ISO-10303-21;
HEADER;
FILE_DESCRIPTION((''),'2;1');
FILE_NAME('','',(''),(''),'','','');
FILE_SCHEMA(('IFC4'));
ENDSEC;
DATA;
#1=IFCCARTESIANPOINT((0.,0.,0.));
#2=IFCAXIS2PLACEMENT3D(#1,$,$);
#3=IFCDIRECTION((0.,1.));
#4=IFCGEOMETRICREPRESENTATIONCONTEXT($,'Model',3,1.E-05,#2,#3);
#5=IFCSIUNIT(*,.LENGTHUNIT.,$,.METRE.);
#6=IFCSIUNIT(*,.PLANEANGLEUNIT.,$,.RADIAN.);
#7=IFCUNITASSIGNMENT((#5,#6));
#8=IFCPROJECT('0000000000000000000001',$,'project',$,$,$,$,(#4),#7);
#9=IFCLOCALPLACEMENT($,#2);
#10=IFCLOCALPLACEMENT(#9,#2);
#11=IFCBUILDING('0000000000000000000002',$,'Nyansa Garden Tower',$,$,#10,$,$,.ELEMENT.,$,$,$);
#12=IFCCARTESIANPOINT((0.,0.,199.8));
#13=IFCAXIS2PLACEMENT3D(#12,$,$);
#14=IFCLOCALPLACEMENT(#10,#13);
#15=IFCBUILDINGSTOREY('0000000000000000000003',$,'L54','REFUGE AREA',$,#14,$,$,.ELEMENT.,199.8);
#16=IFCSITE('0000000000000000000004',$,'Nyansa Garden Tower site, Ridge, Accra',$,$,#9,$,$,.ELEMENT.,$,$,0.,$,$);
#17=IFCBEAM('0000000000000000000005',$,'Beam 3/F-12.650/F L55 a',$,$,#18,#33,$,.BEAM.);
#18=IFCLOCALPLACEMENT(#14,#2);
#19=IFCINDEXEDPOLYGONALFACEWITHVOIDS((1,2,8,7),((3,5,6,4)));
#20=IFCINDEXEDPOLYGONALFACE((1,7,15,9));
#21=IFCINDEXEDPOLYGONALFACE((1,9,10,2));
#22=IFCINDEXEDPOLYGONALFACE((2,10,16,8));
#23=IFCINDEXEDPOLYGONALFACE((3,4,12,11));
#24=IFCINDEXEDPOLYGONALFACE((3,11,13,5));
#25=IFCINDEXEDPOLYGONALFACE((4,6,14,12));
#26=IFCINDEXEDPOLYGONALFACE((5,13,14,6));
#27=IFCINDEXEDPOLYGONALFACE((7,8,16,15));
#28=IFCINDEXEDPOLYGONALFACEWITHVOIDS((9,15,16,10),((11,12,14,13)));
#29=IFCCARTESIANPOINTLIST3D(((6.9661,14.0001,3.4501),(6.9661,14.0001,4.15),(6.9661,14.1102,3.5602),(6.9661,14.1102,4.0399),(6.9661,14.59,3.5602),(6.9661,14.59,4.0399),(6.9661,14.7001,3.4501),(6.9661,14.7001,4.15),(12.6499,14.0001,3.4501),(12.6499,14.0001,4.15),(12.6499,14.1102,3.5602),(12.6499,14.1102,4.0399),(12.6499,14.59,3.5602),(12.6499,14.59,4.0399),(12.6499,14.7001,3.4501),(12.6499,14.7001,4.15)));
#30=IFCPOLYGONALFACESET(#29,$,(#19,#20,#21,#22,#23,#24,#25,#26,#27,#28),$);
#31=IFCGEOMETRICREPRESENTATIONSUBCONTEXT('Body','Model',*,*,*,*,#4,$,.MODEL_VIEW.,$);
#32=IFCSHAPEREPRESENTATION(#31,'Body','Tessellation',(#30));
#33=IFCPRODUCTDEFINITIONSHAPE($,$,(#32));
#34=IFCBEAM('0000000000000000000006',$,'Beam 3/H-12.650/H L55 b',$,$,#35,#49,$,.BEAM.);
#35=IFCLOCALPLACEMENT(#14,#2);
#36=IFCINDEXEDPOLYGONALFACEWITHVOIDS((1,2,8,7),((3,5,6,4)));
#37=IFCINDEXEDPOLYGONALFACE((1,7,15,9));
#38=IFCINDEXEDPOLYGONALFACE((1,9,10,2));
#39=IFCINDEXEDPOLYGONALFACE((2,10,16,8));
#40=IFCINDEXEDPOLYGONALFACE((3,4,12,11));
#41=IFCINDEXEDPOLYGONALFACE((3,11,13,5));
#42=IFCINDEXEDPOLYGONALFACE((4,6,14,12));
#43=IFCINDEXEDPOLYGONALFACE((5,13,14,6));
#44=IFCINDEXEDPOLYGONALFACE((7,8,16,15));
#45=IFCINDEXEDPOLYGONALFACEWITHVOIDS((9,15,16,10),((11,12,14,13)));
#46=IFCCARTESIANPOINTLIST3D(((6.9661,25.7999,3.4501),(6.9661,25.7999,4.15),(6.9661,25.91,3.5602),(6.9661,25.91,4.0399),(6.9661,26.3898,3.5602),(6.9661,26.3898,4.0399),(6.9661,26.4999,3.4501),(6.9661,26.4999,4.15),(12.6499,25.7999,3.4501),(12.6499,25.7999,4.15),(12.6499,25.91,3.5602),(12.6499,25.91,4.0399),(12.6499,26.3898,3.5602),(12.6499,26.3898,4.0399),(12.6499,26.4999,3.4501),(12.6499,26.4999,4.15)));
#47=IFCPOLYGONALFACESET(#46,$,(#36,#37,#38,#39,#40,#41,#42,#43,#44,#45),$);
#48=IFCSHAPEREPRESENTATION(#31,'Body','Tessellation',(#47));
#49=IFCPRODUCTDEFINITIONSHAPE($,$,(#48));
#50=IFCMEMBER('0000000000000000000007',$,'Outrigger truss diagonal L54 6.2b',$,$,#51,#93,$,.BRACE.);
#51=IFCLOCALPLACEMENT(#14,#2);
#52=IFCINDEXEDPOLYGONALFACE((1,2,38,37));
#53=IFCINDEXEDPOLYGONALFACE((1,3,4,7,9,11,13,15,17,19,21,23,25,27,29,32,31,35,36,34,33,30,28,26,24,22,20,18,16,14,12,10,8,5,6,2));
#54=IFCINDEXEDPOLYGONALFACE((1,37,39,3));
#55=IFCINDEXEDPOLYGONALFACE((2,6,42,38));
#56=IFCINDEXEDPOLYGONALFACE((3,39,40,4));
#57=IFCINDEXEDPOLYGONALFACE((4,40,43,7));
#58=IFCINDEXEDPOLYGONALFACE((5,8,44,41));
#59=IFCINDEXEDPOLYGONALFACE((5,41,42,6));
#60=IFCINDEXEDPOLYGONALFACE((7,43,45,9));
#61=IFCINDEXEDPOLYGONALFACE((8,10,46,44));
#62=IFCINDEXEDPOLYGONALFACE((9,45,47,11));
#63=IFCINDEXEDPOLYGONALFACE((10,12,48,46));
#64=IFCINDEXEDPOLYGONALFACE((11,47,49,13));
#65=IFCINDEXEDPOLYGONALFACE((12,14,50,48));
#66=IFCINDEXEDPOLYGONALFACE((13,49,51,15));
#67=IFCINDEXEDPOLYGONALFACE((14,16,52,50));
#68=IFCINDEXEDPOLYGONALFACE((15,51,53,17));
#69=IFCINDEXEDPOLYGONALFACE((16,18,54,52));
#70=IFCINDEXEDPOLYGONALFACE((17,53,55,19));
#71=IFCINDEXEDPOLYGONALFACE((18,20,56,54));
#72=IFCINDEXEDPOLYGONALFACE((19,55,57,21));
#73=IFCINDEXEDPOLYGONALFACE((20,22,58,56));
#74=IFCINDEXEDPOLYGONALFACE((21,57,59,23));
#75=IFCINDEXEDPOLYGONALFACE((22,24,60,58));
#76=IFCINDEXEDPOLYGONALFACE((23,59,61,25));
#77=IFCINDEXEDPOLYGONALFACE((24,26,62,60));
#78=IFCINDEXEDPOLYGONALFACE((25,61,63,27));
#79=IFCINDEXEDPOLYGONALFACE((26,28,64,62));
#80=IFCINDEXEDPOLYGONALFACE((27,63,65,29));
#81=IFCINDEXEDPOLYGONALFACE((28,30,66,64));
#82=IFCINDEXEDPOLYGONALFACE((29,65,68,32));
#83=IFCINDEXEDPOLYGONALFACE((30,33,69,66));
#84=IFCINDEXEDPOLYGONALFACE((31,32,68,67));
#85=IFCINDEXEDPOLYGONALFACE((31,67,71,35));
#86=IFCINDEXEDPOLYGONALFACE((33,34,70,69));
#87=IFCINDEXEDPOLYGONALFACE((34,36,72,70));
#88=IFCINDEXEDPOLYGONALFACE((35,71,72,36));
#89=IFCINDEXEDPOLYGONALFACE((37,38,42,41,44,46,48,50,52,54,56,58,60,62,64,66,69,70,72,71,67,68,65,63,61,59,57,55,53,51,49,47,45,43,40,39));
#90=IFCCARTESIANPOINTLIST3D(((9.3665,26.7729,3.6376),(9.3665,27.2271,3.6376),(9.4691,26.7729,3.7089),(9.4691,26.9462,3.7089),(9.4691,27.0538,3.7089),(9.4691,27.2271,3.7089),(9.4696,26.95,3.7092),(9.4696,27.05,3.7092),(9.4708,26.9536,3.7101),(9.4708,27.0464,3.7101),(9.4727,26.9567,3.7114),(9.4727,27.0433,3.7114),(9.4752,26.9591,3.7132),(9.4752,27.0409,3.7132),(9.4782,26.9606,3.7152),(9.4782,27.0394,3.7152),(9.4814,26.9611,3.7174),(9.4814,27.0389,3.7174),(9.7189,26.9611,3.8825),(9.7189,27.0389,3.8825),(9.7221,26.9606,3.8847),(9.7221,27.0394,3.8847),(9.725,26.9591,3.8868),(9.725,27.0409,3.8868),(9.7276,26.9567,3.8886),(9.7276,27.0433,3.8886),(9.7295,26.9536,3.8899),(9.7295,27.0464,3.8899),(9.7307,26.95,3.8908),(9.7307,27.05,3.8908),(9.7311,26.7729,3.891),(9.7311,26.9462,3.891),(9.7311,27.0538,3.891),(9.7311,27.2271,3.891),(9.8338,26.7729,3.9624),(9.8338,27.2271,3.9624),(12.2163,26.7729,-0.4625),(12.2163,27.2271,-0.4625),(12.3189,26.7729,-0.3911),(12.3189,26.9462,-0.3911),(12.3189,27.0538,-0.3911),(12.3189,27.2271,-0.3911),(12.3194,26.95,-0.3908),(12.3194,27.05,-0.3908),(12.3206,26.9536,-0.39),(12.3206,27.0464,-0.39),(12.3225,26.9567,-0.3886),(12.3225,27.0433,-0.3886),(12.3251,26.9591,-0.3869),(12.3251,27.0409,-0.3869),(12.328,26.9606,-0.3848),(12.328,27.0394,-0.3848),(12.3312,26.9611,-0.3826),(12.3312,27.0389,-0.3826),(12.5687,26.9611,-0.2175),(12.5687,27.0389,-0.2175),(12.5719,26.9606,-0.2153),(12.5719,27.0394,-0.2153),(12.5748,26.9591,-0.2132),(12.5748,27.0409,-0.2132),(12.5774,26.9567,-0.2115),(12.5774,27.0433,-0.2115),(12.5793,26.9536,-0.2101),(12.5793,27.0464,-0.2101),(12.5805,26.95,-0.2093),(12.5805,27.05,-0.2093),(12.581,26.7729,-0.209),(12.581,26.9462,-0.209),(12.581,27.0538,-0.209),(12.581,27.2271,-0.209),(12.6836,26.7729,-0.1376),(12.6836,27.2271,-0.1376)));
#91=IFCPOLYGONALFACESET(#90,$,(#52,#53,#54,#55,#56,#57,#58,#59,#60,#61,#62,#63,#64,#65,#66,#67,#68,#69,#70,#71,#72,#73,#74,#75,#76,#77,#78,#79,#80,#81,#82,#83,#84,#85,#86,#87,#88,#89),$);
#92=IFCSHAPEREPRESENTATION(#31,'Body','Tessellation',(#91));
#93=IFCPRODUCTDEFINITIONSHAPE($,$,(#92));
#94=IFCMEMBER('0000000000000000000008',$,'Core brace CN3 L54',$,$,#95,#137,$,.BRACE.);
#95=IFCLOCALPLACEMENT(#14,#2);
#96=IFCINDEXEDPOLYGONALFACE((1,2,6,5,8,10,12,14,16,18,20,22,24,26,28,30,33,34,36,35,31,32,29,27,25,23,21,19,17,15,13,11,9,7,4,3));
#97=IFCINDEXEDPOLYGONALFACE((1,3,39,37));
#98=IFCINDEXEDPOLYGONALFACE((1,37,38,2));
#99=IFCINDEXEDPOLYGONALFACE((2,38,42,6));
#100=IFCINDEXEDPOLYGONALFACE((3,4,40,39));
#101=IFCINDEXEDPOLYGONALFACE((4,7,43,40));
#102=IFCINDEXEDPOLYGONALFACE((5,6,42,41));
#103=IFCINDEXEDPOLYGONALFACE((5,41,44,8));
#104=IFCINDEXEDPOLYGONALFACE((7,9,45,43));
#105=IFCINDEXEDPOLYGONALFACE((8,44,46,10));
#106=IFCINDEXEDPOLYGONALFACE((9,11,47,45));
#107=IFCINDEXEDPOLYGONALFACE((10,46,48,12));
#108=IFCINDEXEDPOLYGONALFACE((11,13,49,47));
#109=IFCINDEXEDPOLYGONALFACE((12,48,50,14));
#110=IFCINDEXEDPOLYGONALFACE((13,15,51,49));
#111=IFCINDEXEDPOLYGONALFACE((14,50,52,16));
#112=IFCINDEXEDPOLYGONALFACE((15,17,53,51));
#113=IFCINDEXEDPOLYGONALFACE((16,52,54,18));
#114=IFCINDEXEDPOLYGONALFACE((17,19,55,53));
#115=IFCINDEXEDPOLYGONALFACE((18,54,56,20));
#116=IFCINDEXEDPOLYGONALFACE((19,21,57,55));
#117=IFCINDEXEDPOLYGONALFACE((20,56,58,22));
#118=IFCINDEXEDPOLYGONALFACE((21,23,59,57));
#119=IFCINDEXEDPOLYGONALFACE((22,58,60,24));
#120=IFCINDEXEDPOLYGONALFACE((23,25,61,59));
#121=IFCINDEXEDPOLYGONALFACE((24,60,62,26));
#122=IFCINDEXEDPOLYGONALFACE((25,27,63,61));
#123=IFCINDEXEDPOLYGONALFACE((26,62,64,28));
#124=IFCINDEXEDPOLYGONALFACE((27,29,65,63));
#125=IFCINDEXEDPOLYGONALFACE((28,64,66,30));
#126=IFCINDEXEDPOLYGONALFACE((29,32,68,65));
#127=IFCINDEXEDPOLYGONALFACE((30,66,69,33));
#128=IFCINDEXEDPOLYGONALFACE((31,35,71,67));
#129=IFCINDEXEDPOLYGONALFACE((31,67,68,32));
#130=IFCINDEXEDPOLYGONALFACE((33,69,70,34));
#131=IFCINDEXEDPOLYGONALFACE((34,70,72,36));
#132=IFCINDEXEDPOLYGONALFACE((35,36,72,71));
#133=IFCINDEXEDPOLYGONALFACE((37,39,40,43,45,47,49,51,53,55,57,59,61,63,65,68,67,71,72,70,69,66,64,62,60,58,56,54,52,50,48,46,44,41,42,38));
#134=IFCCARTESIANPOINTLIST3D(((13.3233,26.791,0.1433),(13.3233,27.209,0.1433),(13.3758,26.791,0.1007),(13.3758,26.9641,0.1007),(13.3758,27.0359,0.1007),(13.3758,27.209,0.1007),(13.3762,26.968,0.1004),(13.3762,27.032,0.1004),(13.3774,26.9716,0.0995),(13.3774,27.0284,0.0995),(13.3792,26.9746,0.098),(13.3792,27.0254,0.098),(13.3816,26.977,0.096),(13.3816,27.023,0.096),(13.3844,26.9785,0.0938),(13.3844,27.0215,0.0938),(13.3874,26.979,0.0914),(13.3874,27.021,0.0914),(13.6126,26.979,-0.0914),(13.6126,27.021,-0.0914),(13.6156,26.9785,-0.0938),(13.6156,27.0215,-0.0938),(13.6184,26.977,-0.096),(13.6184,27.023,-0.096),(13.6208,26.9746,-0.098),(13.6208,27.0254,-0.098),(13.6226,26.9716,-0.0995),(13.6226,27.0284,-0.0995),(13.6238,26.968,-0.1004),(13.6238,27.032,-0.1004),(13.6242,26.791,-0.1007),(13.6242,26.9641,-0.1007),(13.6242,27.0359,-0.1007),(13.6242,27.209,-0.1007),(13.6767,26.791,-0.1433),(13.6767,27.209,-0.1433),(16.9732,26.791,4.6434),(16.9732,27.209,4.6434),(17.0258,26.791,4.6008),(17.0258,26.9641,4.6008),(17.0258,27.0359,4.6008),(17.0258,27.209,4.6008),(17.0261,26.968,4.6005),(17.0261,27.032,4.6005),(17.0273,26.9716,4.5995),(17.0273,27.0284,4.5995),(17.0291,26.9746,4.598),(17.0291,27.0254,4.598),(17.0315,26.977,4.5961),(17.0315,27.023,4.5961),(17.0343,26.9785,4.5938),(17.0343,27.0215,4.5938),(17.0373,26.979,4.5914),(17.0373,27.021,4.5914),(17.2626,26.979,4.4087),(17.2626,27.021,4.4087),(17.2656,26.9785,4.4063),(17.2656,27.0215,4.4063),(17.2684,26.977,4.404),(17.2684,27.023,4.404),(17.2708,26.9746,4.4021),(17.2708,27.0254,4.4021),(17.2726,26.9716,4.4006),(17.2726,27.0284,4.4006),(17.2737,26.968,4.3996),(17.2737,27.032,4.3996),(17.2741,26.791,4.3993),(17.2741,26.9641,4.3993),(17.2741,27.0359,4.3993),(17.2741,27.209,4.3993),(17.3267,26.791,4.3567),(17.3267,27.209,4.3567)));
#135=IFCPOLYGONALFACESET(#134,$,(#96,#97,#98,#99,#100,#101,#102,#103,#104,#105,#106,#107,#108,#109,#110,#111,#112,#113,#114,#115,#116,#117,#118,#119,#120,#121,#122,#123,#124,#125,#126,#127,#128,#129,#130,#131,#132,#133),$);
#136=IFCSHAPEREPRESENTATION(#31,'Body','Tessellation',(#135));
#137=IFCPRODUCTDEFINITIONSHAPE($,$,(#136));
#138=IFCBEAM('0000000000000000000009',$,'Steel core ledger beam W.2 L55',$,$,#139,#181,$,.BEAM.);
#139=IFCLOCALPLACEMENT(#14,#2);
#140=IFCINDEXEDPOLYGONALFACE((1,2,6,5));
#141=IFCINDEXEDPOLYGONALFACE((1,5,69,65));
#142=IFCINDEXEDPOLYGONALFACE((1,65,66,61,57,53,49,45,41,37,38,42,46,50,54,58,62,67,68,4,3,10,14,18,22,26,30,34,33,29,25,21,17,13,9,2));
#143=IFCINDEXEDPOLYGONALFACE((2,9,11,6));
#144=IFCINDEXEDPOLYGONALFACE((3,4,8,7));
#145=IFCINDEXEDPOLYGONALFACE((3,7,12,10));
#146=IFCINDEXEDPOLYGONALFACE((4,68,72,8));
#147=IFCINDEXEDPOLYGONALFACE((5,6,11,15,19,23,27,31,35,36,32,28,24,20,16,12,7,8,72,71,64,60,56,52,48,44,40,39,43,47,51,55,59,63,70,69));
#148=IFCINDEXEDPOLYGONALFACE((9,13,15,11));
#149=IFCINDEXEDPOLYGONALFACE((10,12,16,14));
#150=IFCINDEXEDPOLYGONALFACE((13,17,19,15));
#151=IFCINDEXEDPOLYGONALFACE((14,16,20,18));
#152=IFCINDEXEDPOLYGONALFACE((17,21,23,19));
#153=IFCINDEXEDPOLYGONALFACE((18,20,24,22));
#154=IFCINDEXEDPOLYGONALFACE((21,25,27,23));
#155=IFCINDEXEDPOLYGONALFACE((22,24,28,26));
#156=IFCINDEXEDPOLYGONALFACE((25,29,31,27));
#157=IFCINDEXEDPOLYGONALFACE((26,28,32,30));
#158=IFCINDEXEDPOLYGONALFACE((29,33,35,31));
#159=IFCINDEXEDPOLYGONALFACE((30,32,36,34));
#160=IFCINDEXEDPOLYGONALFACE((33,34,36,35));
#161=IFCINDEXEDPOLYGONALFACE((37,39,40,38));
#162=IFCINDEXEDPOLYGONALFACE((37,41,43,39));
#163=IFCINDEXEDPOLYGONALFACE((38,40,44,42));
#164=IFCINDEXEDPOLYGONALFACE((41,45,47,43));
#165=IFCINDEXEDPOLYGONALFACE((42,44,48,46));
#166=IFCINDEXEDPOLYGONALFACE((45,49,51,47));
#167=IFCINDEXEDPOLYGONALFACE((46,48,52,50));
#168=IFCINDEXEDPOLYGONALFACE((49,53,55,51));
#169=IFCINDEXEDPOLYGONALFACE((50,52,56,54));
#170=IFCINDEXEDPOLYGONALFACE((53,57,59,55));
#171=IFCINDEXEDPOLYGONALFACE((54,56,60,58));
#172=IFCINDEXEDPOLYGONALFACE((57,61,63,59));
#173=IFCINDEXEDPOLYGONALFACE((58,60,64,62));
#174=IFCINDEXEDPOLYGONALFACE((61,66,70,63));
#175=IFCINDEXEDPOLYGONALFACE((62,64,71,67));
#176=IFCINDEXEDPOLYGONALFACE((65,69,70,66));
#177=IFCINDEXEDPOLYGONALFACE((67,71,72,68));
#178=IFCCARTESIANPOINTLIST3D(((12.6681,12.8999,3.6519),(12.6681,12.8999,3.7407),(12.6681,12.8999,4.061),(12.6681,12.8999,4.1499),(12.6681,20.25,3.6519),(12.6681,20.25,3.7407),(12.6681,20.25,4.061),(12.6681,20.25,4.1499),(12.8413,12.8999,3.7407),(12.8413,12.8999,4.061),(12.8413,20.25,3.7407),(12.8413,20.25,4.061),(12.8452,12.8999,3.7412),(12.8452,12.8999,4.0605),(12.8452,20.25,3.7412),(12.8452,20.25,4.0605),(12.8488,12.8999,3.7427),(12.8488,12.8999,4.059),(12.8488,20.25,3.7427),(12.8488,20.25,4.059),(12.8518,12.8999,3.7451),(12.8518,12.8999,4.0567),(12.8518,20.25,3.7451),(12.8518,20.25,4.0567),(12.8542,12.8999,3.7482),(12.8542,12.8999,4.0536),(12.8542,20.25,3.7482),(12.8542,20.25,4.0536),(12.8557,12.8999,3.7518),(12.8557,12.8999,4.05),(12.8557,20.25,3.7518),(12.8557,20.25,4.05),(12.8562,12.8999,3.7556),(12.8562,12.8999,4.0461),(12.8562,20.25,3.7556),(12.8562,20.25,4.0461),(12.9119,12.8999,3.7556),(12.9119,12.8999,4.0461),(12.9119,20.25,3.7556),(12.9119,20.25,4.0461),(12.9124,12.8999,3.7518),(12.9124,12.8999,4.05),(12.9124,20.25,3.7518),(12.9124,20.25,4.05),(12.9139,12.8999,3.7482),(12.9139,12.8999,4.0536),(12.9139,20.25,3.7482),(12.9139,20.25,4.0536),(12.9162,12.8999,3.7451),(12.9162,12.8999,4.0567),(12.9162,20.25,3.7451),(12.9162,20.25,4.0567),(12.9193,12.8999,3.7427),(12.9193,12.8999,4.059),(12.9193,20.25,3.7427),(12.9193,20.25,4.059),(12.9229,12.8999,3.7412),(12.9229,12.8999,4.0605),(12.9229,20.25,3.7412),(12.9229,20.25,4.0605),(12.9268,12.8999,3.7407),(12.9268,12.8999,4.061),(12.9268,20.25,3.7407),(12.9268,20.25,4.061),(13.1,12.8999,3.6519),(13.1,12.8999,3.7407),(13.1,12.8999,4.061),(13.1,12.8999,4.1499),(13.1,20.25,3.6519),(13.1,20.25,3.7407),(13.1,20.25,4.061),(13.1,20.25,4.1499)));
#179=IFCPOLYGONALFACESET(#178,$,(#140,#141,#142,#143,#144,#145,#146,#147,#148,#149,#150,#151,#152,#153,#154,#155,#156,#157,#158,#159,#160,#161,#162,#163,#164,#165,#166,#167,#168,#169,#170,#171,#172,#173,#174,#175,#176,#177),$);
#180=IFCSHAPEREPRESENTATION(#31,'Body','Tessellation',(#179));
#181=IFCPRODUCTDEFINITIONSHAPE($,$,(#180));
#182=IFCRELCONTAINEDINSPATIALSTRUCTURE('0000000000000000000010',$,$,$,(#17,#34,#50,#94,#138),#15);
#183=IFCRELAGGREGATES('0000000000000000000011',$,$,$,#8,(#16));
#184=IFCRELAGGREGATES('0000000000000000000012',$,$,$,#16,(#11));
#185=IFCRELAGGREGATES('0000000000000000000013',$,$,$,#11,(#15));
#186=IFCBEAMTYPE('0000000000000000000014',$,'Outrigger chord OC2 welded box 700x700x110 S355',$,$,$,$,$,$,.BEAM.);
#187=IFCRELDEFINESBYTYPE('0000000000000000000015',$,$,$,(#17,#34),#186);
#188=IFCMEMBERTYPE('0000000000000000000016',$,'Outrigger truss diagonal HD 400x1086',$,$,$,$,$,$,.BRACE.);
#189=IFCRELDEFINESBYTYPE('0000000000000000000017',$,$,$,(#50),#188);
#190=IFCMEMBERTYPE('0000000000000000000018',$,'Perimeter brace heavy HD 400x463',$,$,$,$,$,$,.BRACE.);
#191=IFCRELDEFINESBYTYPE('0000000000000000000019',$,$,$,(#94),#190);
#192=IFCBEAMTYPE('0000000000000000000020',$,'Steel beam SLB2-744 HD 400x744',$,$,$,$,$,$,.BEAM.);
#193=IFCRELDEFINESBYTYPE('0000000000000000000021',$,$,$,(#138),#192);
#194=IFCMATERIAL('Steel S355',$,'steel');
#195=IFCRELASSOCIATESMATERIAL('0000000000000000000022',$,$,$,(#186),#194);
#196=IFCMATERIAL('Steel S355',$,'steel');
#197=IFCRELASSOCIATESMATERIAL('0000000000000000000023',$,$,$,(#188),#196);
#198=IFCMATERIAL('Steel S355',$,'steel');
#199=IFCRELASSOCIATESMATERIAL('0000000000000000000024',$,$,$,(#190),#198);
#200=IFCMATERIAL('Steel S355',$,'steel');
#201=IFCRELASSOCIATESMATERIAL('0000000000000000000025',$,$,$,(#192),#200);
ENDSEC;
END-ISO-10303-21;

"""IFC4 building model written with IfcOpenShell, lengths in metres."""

from ifc_helpers import new_model, si_unit, direction, frame, origin, origin_2d, place, context, subcontext, project, spatial, hollow_rectangle, i_section, extrude, material, material_profile, profile_set, type_object, element, save


model = new_model("IFC4")

# Units and contexts
model_context = context("Model", 3, precision=1e-05, world=origin(), true_north=direction((0.0, 1.0)))
body_context = subcontext(model_context, "Body", "Model", "MODEL_VIEW")
ifc_project = project(units=[si_unit("LENGTHUNIT", "METRE"), si_unit("PLANEANGLEUNIT", "RADIAN")], contexts=[model_context])

# Site, building, storey
site_placement = place(None, origin())
site = spatial("IfcSite", under=ifc_project, at=site_placement, Name="Nyansa Garden Tower site, Ridge, Accra", CompositionType="ELEMENT", RefElevation=0.0)
building_placement = place(site_placement, origin())
building = spatial("IfcBuilding", under=site, at=building_placement, Name="Nyansa Garden Tower", CompositionType="ELEMENT")
storey_placement = place(building_placement, frame((0.0, 0.0, 199.8)))
storey = spatial("IfcBuildingStorey", under=building, at=storey_placement, Name="L54", Description="REFUGE AREA", CompositionType="ELEMENT", Elevation=199.8)

# Beams
ifc_material_1 = material(Name="Steel S355", Category="steel")
ifc_material_profile_1 = material_profile(ifc_material_1, hollow_rectangle(XDim=0.7, YDim=0.7, WallThickness=0.1101, at=origin_2d()), Name="Welded box 700x700x110")
ifc_profile_set_1 = profile_set([ifc_material_profile_1], Name="Steel S355")
beam_type_1 = type_object("IfcBeamType", Name="Outrigger chord OC2 welded box 700x700x110 S355", PredefinedType="BEAM", material=ifc_profile_set_1)
for number, where, z_axis, x_axis, name in (
    (1, (6.9661, 14.3501, 3.8), (1.0, 0.0, 0.0), (0.0, 1.0, 0.0), "Beam 3/F-12.650/F L55 a"),
    (2, (6.9661, 26.1499, 3.8), (1.0, 0.0, 0.0), (0.0, 1.0, 0.0), "Beam 3/H-12.650/H L55 b"),
):
    element("IfcBeam", number, at=place(storey_placement, frame(where, z_axis=z_axis, x_axis=x_axis)), inside=storey, type_object=beam_type_1, Name=name, PredefinedType="BEAM", context=body_context, shape_type="SweptSolid", body=[
        extrude(hollow_rectangle(XDim=0.7, YDim=0.7, WallThickness=0.1101, at=origin_2d()), origin(), (0.0, 0.0, 1.0), 5.6838),
    ])

# Members
ifc_material_2 = material(Name="Steel S355", Category="steel")
ifc_material_profile_2 = material_profile(ifc_material_2, i_section(OverallWidth=0.4541, OverallDepth=0.5691, WebThickness=0.0779, FlangeThickness=0.125, FilletRadius=0.0149, at=origin_2d()), Name="HD 400x1086")
ifc_profile_set_2 = profile_set([ifc_material_profile_2], Name="Steel S355")
member_type_1 = type_object("IfcMemberType", Name="Outrigger truss diagonal HD 400x1086", PredefinedType="BRACE", material=ifc_profile_set_2)
member_1_placement = place(storey_placement, frame((12.45, 27.0, -0.3), z_axis=(-0.570742, 0.0, 0.821129), x_axis=(0.0, -1.0, 0.0)))
element("IfcMember", 3, at=member_1_placement, inside=storey, type_object=member_type_1, Name="Outrigger truss diagonal L54 6.2b", PredefinedType="BRACE", context=body_context, shape_type="SweptSolid", body=[
    extrude(i_section(OverallWidth=0.4541, OverallDepth=0.5691, WebThickness=0.0779, FlangeThickness=0.125, FilletRadius=0.0149, at=origin_2d()), origin(), (0.0, 0.0, 1.0), 4.9932),
])
ifc_material_3 = material(Name="Steel S355", Category="steel")
ifc_material_profile_3 = material_profile(ifc_material_3, i_section(OverallWidth=0.418, OverallDepth=0.4551, WebThickness=0.042, FlangeThickness=0.0676, FilletRadius=0.0149, at=origin_2d()), Name="HD 400x463")
ifc_profile_set_3 = profile_set([ifc_material_profile_3], Name="Steel S355")
member_type_2 = type_object("IfcMemberType", Name="Perimeter brace heavy HD 400x463", PredefinedType="BRACE", material=ifc_profile_set_3)
member_2_placement = place(storey_placement, frame((13.5, 27.0, 0.0), z_axis=(0.629932, 0.0, 0.77665), x_axis=(0.0, 1.0, 0.0)))
element("IfcMember", 4, at=member_2_placement, inside=storey, type_object=member_type_2, Name="Core brace CN3 L54", PredefinedType="BRACE", context=body_context, shape_type="SweptSolid", body=[
    extrude(i_section(OverallWidth=0.418, OverallDepth=0.4551, WebThickness=0.042, FlangeThickness=0.0676, FilletRadius=0.0149, at=origin_2d()), origin(), (0.0, 0.0, 1.0), 5.7942),
])

# Beam
ifc_material_4 = material(Name="Steel S355", Category="steel")
ifc_material_profile_4 = material_profile(ifc_material_4, i_section(OverallWidth=0.4319, OverallDepth=0.498, WebThickness=0.0557, FlangeThickness=0.0889, FilletRadius=0.0149, at=origin_2d()), Name="HD 400x744")
ifc_profile_set_4 = profile_set([ifc_material_profile_4], Name="Steel S355")
beam_type_2 = type_object("IfcBeamType", Name="Steel beam SLB2-744 HD 400x744", PredefinedType="BEAM", material=ifc_profile_set_4)
beam_placement = place(storey_placement, frame((12.884, 20.25, 3.9009), z_axis=(0.0, -1.0, 0.0), x_axis=(1.0, 0.0, 0.0)))
element("IfcBeam", 5, at=beam_placement, inside=storey, type_object=beam_type_2, Name="Steel core ledger beam W.2 L55", PredefinedType="BEAM", context=body_context, shape_type="SweptSolid", body=[
    extrude(i_section(OverallWidth=0.4319, OverallDepth=0.498, WebThickness=0.0557, FlangeThickness=0.0889, FilletRadius=0.0149, at=origin_2d()), origin(), (0.0, 0.0, 1.0), 7.3501),
])

save(model, "model.ifc")
